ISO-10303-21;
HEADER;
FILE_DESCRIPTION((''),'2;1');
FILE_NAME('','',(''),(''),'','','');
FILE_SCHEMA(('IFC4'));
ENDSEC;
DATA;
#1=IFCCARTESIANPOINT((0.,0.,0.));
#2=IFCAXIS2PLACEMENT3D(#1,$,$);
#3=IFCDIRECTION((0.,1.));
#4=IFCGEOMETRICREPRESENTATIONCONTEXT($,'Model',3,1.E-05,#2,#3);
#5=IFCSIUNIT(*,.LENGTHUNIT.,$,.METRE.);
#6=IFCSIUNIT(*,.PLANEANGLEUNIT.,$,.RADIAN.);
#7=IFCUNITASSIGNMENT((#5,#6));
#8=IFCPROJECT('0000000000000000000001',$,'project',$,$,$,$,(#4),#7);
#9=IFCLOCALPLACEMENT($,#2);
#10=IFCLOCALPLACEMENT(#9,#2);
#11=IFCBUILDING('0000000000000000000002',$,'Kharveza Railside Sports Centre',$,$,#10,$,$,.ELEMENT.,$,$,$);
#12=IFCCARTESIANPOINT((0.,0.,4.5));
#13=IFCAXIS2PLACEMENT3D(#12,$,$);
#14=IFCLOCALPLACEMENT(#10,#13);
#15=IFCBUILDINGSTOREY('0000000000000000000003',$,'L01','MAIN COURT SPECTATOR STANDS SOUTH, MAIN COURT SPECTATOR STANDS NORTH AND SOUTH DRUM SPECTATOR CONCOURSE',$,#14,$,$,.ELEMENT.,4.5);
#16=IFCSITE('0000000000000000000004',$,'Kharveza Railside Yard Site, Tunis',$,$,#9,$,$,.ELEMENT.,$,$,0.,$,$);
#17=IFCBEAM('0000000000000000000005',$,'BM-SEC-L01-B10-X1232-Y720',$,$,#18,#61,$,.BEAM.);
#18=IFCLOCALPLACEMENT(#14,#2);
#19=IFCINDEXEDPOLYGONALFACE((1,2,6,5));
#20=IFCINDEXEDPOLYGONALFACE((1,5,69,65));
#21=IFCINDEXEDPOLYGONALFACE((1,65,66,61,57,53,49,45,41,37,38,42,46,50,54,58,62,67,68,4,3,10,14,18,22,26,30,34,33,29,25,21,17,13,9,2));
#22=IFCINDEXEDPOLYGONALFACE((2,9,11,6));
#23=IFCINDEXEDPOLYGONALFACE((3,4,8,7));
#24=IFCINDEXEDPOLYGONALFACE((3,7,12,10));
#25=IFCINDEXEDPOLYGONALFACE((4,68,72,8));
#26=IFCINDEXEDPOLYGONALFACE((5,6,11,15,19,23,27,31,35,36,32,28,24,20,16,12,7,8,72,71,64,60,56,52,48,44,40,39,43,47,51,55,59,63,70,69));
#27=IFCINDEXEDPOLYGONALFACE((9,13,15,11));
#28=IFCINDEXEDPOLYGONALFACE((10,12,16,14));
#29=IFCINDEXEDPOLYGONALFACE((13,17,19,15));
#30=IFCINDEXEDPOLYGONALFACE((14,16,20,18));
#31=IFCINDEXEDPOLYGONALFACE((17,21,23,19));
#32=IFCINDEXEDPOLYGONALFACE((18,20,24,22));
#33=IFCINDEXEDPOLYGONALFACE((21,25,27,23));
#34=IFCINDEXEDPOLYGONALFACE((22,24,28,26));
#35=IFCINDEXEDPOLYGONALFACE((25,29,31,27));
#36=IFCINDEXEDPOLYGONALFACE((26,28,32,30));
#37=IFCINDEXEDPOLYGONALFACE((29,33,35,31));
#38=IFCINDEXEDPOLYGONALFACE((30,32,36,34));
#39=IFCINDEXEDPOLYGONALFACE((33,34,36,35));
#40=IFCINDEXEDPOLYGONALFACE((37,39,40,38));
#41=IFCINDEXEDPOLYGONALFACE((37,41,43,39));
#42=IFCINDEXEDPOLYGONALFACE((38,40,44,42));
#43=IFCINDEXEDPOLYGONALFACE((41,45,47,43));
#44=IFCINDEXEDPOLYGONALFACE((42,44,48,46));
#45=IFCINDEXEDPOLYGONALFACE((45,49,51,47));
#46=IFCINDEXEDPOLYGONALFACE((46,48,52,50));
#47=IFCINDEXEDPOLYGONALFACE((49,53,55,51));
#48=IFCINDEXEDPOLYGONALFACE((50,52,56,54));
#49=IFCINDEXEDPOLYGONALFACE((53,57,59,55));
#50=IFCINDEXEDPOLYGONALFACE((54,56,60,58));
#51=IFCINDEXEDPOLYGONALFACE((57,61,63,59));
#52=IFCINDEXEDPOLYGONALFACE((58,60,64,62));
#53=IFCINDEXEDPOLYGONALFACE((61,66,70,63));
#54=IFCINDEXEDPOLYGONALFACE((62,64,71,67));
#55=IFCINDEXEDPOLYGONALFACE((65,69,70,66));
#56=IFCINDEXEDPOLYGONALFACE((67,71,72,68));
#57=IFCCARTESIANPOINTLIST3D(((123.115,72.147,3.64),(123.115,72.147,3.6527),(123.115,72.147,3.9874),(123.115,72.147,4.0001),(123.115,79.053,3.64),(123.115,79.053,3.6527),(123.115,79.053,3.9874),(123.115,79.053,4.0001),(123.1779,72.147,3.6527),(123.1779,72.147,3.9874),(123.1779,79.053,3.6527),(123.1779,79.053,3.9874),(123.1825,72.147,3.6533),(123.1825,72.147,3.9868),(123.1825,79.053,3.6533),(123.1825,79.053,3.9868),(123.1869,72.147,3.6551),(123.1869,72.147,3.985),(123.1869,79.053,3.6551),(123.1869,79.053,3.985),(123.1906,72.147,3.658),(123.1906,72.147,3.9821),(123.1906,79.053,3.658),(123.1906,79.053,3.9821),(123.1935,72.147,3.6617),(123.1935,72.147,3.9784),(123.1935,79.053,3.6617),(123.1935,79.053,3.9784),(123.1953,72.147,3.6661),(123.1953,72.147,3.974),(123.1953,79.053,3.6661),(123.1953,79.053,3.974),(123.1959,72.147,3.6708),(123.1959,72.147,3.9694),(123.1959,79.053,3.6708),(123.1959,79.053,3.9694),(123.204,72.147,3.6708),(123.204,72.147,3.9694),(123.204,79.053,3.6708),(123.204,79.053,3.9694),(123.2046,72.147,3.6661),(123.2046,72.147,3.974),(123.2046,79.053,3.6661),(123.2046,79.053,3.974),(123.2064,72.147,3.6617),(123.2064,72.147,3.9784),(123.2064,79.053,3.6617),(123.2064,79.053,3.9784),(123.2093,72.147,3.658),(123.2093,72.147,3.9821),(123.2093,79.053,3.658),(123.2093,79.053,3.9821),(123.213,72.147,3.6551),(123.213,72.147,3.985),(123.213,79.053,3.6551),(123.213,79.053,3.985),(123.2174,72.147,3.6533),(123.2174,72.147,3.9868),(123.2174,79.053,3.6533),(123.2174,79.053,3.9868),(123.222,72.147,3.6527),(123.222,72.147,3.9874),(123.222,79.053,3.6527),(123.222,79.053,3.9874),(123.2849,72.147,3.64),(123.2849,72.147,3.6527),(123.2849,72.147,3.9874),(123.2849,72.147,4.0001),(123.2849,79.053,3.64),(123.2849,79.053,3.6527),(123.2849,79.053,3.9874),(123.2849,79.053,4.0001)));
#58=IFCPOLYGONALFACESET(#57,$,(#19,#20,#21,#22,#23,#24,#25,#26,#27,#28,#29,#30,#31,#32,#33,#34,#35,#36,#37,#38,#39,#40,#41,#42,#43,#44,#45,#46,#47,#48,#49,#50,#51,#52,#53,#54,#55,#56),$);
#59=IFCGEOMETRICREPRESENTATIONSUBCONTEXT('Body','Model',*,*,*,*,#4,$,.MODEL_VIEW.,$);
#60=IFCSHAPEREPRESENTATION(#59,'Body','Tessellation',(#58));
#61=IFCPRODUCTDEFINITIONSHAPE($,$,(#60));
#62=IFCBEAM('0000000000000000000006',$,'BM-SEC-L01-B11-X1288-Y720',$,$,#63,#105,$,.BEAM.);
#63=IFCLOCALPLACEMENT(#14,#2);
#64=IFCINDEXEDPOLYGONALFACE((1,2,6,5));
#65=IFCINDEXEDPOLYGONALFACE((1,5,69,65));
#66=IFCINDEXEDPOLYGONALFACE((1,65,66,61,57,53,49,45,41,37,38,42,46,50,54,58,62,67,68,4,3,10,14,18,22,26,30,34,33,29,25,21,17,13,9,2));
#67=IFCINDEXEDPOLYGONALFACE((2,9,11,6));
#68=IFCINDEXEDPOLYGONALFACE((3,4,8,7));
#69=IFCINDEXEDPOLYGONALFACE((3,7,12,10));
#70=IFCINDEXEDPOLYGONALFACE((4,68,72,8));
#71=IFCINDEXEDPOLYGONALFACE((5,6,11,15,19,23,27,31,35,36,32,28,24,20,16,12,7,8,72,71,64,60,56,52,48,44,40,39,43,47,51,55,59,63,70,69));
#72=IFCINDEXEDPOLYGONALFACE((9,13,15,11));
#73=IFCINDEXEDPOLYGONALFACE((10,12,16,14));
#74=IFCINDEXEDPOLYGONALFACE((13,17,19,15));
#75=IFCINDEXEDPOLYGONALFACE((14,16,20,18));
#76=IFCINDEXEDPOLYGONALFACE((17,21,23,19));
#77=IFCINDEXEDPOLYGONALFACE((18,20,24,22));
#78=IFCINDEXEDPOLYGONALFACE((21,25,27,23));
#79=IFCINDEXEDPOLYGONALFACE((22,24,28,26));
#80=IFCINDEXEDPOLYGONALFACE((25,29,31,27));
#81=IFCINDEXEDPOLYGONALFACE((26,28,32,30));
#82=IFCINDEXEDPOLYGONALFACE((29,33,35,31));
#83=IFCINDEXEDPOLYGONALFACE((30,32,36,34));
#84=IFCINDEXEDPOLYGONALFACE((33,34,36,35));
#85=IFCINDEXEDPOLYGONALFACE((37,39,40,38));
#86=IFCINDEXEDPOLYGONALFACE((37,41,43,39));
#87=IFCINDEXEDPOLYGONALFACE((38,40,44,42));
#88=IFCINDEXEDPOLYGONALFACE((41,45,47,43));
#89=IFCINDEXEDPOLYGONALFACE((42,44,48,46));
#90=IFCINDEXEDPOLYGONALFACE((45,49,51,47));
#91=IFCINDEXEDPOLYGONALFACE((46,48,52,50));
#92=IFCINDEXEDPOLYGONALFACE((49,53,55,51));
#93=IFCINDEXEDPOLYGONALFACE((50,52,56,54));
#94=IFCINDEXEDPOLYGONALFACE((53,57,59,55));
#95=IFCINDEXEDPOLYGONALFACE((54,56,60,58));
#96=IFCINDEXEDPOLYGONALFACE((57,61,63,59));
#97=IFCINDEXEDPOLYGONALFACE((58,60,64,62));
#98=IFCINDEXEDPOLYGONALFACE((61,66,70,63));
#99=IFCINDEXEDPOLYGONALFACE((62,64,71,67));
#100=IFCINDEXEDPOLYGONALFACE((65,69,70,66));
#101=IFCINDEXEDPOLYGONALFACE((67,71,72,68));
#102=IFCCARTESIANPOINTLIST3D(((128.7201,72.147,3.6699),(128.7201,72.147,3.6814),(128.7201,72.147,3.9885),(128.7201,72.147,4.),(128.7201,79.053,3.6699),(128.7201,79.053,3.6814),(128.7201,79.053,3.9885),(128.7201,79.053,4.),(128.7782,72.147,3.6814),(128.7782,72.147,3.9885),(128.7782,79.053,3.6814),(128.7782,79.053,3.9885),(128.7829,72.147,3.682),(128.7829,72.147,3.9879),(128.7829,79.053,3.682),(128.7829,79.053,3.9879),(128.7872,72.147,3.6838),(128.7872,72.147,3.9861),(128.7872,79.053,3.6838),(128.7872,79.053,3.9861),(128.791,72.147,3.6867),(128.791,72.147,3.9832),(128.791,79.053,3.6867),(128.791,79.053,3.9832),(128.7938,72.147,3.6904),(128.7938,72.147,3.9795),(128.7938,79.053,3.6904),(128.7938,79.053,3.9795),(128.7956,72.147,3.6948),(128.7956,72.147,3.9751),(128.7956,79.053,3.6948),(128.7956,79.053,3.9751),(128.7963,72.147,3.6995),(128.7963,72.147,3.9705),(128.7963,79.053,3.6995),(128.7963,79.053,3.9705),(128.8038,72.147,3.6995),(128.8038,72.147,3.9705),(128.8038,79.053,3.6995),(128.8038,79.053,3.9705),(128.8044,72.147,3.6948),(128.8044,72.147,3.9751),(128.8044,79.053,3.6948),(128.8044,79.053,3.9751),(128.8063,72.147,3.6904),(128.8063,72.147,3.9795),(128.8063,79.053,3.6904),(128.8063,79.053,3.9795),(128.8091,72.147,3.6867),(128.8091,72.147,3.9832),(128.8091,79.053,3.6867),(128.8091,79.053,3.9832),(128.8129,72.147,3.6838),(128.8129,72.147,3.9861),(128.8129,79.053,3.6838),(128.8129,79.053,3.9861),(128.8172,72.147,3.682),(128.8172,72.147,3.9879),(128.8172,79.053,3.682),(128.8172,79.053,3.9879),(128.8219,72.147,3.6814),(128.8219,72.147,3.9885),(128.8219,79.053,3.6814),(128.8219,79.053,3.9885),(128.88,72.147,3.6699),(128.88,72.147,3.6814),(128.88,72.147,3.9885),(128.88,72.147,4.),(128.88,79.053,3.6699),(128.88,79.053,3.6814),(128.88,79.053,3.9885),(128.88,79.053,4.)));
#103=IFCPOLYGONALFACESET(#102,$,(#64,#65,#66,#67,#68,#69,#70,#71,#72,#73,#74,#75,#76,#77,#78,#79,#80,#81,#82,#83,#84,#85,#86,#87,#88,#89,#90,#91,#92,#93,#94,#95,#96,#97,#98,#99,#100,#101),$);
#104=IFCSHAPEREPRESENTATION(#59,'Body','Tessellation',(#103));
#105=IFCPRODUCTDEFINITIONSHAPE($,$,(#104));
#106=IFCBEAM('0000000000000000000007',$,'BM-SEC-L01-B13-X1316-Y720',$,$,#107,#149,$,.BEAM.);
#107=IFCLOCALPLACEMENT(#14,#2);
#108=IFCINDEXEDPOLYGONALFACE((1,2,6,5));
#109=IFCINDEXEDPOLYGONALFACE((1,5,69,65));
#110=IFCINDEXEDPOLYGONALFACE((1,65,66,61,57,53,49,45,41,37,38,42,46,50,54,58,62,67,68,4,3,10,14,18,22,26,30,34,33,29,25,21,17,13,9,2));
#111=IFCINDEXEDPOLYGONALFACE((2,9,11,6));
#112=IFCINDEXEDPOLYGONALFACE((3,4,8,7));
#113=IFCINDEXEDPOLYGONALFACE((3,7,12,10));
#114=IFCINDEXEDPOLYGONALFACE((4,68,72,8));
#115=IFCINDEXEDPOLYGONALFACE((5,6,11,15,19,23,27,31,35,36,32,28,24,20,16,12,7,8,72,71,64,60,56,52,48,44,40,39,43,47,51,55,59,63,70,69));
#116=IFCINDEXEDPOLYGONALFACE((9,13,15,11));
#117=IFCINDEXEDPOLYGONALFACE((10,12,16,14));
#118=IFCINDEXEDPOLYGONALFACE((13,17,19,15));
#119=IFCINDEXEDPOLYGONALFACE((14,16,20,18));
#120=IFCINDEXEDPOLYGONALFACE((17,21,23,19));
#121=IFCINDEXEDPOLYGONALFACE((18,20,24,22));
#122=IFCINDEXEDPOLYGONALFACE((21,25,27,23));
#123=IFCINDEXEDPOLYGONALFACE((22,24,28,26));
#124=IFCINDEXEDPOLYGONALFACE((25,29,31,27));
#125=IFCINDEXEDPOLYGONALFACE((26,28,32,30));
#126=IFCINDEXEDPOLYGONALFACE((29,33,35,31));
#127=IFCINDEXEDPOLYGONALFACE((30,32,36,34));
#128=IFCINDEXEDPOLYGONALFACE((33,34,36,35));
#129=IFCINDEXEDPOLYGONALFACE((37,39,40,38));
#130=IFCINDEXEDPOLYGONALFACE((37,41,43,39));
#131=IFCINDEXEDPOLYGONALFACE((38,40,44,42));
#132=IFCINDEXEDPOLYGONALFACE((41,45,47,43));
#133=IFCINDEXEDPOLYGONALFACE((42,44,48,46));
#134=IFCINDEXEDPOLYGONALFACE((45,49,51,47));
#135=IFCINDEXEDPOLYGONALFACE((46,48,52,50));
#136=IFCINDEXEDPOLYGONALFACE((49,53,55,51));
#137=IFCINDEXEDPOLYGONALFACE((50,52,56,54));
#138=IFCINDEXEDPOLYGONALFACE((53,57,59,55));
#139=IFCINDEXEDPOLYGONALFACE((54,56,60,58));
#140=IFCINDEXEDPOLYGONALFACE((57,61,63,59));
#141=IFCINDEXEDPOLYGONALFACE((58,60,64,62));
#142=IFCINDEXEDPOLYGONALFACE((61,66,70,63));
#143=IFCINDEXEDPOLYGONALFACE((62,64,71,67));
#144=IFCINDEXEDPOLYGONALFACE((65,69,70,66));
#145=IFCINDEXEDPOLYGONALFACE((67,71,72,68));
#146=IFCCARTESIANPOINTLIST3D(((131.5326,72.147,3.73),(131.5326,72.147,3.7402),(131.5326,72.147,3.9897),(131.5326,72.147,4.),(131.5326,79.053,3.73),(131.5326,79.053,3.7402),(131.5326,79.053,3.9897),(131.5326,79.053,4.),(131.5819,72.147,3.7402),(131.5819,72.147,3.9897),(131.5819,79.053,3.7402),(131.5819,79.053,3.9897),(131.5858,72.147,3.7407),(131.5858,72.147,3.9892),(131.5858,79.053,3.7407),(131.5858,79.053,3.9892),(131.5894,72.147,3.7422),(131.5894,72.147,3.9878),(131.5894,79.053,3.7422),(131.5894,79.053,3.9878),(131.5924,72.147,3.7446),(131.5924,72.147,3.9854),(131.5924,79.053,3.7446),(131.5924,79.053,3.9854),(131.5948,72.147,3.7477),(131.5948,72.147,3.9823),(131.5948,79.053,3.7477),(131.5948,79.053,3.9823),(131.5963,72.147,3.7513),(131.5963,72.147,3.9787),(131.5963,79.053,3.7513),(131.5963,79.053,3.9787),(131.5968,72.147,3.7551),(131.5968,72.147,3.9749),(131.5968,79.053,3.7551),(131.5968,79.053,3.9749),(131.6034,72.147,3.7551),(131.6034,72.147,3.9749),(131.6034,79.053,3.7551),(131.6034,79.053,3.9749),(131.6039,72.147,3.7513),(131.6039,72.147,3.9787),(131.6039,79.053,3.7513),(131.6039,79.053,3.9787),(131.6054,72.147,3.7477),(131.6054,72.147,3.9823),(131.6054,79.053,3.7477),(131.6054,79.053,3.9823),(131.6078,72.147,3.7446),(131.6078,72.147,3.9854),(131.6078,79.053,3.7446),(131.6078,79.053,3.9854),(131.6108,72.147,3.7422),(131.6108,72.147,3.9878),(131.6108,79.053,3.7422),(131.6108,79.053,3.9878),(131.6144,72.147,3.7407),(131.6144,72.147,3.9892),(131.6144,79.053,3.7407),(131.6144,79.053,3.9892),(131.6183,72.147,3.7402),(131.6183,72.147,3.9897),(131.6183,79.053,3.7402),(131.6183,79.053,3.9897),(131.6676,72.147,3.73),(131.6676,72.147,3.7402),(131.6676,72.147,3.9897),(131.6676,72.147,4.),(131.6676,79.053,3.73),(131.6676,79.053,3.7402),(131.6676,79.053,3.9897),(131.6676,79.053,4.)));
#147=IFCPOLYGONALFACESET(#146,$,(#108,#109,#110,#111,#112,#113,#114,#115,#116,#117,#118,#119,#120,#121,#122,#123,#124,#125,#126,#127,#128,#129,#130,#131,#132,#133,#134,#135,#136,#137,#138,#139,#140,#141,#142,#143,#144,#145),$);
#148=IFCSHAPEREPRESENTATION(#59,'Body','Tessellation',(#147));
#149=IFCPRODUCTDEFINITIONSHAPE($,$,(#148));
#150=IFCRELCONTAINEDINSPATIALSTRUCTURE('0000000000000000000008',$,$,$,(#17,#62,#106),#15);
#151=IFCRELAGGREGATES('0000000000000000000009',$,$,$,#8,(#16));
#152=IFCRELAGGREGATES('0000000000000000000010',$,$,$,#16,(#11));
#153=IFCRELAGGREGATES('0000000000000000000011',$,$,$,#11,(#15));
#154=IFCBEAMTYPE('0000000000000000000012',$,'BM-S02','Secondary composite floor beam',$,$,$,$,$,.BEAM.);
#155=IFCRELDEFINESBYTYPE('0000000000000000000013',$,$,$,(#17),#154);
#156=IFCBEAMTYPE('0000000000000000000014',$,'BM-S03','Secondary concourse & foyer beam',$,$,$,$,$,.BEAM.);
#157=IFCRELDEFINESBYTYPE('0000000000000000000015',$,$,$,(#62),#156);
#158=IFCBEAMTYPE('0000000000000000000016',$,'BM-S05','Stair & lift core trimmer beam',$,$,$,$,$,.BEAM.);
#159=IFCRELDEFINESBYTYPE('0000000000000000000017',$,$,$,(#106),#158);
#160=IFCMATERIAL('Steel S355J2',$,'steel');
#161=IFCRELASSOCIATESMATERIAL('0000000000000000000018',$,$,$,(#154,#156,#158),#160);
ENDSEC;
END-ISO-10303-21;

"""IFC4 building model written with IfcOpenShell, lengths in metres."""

from ifc_helpers import new_model, si_unit, direction, frame, origin, origin_2d, place, context, subcontext, project, spatial, i_section, extrude, material, material_profile, profile_set, type_object, element, save


model = new_model("IFC4")

# Units and contexts
model_context = context("Model", 3, precision=1e-05, world=origin(), true_north=direction((0.0, 1.0)))
body_context = subcontext(model_context, "Body", "Model", "MODEL_VIEW")
ifc_project = project(units=[si_unit("LENGTHUNIT", "METRE"), si_unit("PLANEANGLEUNIT", "RADIAN")], contexts=[model_context])

# Site, building, storey
site_placement = place(None, origin())
site = spatial("IfcSite", under=ifc_project, at=site_placement, Name="Kharveza Railside Yard Site, Tunis", CompositionType="ELEMENT", RefElevation=0.0)
building_placement = place(site_placement, origin())
building = spatial("IfcBuilding", under=site, at=building_placement, Name="Kharveza Railside Sports Centre", CompositionType="ELEMENT")
storey_placement = place(building_placement, frame((0.0, 0.0, 4.5)))
storey = spatial("IfcBuildingStorey", under=building, at=storey_placement, Name="L01", Description="MAIN COURT SPECTATOR STANDS SOUTH, MAIN COURT SPECTATOR STANDS NORTH AND SOUTH DRUM SPECTATOR CONCOURSE", CompositionType="ELEMENT", Elevation=4.5)

# Shared definitions
ifc_material_1 = material(Name="Steel S355J2", Category="steel")

# Beams
ifc_material_profile_1 = material_profile(ifc_material_1, i_section(OverallWidth=0.1699, OverallDepth=0.3601, WebThickness=0.0081, FlangeThickness=0.0127, FilletRadius=0.0181, at=origin_2d()), Name="IPE 360")
ifc_profile_set_1 = profile_set([ifc_material_profile_1], Name="Steel S355J2")
beam_type_1 = type_object("IfcBeamType", Name="BM-S02", Description="Secondary composite floor beam", PredefinedType="BEAM", material=ifc_profile_set_1)
beam_1_placement = place(storey_placement, frame((123.2, 72.147, 3.8201), z_axis=(0.0, 1.0, 0.0), x_axis=(-1.0, 0.0, 0.0)))
element("IfcBeam", 1, at=beam_1_placement, inside=storey, type_object=beam_type_1, Name="BM-SEC-L01-B10-X1232-Y720", PredefinedType="BEAM", context=body_context, shape_type="SweptSolid", body=[
    extrude(i_section(OverallWidth=0.1699, OverallDepth=0.3601, WebThickness=0.0081, FlangeThickness=0.0127, FilletRadius=0.0181, at=origin_2d()), origin(), (0.0, 0.0, 1.0), 6.906),
])
ifc_material_profile_2 = material_profile(ifc_material_1, i_section(OverallWidth=0.1599, OverallDepth=0.3301, WebThickness=0.0076, FlangeThickness=0.0115, FilletRadius=0.0181, at=origin_2d()), Name="IPE 330")
ifc_profile_set_2 = profile_set([ifc_material_profile_2], Name="Steel S355J2")
beam_type_2 = type_object("IfcBeamType", Name="BM-S03", Description="Secondary concourse & foyer beam", PredefinedType="BEAM", material=ifc_profile_set_2)
beam_2_placement = place(storey_placement, frame((128.8, 72.147, 3.835), z_axis=(0.0, 1.0, 0.0), x_axis=(-1.0, 0.0, 0.0)))
element("IfcBeam", 2, at=beam_2_placement, inside=storey, type_object=beam_type_2, Name="BM-SEC-L01-B11-X1288-Y720", PredefinedType="BEAM", context=body_context, shape_type="SweptSolid", body=[
    extrude(i_section(OverallWidth=0.1599, OverallDepth=0.3301, WebThickness=0.0076, FlangeThickness=0.0115, FilletRadius=0.0181, at=origin_2d()), origin(), (0.0, 0.0, 1.0), 6.906),
])
ifc_material_profile_3 = material_profile(ifc_material_1, i_section(OverallWidth=0.135, OverallDepth=0.27, WebThickness=0.0066, FlangeThickness=0.0103, FilletRadius=0.0149, at=origin_2d()), Name="IPE 270")
ifc_profile_set_3 = profile_set([ifc_material_profile_3], Name="Steel S355J2")
beam_type_3 = type_object("IfcBeamType", Name="BM-S05", Description="Stair & lift core trimmer beam", PredefinedType="BEAM", material=ifc_profile_set_3)
beam_3_placement = place(storey_placement, frame((131.6001, 72.147, 3.865), z_axis=(0.0, 1.0, 0.0), x_axis=(-1.0, 0.0, 0.0)))
element("IfcBeam", 3, at=beam_3_placement, inside=storey, type_object=beam_type_3, Name="BM-SEC-L01-B13-X1316-Y720", PredefinedType="BEAM", context=body_context, shape_type="SweptSolid", body=[
    extrude(i_section(OverallWidth=0.135, OverallDepth=0.27, WebThickness=0.0066, FlangeThickness=0.0103, FilletRadius=0.0149, at=origin_2d()), origin(), (0.0, 0.0, 1.0), 6.906),
])

save(model, "model.ifc")
